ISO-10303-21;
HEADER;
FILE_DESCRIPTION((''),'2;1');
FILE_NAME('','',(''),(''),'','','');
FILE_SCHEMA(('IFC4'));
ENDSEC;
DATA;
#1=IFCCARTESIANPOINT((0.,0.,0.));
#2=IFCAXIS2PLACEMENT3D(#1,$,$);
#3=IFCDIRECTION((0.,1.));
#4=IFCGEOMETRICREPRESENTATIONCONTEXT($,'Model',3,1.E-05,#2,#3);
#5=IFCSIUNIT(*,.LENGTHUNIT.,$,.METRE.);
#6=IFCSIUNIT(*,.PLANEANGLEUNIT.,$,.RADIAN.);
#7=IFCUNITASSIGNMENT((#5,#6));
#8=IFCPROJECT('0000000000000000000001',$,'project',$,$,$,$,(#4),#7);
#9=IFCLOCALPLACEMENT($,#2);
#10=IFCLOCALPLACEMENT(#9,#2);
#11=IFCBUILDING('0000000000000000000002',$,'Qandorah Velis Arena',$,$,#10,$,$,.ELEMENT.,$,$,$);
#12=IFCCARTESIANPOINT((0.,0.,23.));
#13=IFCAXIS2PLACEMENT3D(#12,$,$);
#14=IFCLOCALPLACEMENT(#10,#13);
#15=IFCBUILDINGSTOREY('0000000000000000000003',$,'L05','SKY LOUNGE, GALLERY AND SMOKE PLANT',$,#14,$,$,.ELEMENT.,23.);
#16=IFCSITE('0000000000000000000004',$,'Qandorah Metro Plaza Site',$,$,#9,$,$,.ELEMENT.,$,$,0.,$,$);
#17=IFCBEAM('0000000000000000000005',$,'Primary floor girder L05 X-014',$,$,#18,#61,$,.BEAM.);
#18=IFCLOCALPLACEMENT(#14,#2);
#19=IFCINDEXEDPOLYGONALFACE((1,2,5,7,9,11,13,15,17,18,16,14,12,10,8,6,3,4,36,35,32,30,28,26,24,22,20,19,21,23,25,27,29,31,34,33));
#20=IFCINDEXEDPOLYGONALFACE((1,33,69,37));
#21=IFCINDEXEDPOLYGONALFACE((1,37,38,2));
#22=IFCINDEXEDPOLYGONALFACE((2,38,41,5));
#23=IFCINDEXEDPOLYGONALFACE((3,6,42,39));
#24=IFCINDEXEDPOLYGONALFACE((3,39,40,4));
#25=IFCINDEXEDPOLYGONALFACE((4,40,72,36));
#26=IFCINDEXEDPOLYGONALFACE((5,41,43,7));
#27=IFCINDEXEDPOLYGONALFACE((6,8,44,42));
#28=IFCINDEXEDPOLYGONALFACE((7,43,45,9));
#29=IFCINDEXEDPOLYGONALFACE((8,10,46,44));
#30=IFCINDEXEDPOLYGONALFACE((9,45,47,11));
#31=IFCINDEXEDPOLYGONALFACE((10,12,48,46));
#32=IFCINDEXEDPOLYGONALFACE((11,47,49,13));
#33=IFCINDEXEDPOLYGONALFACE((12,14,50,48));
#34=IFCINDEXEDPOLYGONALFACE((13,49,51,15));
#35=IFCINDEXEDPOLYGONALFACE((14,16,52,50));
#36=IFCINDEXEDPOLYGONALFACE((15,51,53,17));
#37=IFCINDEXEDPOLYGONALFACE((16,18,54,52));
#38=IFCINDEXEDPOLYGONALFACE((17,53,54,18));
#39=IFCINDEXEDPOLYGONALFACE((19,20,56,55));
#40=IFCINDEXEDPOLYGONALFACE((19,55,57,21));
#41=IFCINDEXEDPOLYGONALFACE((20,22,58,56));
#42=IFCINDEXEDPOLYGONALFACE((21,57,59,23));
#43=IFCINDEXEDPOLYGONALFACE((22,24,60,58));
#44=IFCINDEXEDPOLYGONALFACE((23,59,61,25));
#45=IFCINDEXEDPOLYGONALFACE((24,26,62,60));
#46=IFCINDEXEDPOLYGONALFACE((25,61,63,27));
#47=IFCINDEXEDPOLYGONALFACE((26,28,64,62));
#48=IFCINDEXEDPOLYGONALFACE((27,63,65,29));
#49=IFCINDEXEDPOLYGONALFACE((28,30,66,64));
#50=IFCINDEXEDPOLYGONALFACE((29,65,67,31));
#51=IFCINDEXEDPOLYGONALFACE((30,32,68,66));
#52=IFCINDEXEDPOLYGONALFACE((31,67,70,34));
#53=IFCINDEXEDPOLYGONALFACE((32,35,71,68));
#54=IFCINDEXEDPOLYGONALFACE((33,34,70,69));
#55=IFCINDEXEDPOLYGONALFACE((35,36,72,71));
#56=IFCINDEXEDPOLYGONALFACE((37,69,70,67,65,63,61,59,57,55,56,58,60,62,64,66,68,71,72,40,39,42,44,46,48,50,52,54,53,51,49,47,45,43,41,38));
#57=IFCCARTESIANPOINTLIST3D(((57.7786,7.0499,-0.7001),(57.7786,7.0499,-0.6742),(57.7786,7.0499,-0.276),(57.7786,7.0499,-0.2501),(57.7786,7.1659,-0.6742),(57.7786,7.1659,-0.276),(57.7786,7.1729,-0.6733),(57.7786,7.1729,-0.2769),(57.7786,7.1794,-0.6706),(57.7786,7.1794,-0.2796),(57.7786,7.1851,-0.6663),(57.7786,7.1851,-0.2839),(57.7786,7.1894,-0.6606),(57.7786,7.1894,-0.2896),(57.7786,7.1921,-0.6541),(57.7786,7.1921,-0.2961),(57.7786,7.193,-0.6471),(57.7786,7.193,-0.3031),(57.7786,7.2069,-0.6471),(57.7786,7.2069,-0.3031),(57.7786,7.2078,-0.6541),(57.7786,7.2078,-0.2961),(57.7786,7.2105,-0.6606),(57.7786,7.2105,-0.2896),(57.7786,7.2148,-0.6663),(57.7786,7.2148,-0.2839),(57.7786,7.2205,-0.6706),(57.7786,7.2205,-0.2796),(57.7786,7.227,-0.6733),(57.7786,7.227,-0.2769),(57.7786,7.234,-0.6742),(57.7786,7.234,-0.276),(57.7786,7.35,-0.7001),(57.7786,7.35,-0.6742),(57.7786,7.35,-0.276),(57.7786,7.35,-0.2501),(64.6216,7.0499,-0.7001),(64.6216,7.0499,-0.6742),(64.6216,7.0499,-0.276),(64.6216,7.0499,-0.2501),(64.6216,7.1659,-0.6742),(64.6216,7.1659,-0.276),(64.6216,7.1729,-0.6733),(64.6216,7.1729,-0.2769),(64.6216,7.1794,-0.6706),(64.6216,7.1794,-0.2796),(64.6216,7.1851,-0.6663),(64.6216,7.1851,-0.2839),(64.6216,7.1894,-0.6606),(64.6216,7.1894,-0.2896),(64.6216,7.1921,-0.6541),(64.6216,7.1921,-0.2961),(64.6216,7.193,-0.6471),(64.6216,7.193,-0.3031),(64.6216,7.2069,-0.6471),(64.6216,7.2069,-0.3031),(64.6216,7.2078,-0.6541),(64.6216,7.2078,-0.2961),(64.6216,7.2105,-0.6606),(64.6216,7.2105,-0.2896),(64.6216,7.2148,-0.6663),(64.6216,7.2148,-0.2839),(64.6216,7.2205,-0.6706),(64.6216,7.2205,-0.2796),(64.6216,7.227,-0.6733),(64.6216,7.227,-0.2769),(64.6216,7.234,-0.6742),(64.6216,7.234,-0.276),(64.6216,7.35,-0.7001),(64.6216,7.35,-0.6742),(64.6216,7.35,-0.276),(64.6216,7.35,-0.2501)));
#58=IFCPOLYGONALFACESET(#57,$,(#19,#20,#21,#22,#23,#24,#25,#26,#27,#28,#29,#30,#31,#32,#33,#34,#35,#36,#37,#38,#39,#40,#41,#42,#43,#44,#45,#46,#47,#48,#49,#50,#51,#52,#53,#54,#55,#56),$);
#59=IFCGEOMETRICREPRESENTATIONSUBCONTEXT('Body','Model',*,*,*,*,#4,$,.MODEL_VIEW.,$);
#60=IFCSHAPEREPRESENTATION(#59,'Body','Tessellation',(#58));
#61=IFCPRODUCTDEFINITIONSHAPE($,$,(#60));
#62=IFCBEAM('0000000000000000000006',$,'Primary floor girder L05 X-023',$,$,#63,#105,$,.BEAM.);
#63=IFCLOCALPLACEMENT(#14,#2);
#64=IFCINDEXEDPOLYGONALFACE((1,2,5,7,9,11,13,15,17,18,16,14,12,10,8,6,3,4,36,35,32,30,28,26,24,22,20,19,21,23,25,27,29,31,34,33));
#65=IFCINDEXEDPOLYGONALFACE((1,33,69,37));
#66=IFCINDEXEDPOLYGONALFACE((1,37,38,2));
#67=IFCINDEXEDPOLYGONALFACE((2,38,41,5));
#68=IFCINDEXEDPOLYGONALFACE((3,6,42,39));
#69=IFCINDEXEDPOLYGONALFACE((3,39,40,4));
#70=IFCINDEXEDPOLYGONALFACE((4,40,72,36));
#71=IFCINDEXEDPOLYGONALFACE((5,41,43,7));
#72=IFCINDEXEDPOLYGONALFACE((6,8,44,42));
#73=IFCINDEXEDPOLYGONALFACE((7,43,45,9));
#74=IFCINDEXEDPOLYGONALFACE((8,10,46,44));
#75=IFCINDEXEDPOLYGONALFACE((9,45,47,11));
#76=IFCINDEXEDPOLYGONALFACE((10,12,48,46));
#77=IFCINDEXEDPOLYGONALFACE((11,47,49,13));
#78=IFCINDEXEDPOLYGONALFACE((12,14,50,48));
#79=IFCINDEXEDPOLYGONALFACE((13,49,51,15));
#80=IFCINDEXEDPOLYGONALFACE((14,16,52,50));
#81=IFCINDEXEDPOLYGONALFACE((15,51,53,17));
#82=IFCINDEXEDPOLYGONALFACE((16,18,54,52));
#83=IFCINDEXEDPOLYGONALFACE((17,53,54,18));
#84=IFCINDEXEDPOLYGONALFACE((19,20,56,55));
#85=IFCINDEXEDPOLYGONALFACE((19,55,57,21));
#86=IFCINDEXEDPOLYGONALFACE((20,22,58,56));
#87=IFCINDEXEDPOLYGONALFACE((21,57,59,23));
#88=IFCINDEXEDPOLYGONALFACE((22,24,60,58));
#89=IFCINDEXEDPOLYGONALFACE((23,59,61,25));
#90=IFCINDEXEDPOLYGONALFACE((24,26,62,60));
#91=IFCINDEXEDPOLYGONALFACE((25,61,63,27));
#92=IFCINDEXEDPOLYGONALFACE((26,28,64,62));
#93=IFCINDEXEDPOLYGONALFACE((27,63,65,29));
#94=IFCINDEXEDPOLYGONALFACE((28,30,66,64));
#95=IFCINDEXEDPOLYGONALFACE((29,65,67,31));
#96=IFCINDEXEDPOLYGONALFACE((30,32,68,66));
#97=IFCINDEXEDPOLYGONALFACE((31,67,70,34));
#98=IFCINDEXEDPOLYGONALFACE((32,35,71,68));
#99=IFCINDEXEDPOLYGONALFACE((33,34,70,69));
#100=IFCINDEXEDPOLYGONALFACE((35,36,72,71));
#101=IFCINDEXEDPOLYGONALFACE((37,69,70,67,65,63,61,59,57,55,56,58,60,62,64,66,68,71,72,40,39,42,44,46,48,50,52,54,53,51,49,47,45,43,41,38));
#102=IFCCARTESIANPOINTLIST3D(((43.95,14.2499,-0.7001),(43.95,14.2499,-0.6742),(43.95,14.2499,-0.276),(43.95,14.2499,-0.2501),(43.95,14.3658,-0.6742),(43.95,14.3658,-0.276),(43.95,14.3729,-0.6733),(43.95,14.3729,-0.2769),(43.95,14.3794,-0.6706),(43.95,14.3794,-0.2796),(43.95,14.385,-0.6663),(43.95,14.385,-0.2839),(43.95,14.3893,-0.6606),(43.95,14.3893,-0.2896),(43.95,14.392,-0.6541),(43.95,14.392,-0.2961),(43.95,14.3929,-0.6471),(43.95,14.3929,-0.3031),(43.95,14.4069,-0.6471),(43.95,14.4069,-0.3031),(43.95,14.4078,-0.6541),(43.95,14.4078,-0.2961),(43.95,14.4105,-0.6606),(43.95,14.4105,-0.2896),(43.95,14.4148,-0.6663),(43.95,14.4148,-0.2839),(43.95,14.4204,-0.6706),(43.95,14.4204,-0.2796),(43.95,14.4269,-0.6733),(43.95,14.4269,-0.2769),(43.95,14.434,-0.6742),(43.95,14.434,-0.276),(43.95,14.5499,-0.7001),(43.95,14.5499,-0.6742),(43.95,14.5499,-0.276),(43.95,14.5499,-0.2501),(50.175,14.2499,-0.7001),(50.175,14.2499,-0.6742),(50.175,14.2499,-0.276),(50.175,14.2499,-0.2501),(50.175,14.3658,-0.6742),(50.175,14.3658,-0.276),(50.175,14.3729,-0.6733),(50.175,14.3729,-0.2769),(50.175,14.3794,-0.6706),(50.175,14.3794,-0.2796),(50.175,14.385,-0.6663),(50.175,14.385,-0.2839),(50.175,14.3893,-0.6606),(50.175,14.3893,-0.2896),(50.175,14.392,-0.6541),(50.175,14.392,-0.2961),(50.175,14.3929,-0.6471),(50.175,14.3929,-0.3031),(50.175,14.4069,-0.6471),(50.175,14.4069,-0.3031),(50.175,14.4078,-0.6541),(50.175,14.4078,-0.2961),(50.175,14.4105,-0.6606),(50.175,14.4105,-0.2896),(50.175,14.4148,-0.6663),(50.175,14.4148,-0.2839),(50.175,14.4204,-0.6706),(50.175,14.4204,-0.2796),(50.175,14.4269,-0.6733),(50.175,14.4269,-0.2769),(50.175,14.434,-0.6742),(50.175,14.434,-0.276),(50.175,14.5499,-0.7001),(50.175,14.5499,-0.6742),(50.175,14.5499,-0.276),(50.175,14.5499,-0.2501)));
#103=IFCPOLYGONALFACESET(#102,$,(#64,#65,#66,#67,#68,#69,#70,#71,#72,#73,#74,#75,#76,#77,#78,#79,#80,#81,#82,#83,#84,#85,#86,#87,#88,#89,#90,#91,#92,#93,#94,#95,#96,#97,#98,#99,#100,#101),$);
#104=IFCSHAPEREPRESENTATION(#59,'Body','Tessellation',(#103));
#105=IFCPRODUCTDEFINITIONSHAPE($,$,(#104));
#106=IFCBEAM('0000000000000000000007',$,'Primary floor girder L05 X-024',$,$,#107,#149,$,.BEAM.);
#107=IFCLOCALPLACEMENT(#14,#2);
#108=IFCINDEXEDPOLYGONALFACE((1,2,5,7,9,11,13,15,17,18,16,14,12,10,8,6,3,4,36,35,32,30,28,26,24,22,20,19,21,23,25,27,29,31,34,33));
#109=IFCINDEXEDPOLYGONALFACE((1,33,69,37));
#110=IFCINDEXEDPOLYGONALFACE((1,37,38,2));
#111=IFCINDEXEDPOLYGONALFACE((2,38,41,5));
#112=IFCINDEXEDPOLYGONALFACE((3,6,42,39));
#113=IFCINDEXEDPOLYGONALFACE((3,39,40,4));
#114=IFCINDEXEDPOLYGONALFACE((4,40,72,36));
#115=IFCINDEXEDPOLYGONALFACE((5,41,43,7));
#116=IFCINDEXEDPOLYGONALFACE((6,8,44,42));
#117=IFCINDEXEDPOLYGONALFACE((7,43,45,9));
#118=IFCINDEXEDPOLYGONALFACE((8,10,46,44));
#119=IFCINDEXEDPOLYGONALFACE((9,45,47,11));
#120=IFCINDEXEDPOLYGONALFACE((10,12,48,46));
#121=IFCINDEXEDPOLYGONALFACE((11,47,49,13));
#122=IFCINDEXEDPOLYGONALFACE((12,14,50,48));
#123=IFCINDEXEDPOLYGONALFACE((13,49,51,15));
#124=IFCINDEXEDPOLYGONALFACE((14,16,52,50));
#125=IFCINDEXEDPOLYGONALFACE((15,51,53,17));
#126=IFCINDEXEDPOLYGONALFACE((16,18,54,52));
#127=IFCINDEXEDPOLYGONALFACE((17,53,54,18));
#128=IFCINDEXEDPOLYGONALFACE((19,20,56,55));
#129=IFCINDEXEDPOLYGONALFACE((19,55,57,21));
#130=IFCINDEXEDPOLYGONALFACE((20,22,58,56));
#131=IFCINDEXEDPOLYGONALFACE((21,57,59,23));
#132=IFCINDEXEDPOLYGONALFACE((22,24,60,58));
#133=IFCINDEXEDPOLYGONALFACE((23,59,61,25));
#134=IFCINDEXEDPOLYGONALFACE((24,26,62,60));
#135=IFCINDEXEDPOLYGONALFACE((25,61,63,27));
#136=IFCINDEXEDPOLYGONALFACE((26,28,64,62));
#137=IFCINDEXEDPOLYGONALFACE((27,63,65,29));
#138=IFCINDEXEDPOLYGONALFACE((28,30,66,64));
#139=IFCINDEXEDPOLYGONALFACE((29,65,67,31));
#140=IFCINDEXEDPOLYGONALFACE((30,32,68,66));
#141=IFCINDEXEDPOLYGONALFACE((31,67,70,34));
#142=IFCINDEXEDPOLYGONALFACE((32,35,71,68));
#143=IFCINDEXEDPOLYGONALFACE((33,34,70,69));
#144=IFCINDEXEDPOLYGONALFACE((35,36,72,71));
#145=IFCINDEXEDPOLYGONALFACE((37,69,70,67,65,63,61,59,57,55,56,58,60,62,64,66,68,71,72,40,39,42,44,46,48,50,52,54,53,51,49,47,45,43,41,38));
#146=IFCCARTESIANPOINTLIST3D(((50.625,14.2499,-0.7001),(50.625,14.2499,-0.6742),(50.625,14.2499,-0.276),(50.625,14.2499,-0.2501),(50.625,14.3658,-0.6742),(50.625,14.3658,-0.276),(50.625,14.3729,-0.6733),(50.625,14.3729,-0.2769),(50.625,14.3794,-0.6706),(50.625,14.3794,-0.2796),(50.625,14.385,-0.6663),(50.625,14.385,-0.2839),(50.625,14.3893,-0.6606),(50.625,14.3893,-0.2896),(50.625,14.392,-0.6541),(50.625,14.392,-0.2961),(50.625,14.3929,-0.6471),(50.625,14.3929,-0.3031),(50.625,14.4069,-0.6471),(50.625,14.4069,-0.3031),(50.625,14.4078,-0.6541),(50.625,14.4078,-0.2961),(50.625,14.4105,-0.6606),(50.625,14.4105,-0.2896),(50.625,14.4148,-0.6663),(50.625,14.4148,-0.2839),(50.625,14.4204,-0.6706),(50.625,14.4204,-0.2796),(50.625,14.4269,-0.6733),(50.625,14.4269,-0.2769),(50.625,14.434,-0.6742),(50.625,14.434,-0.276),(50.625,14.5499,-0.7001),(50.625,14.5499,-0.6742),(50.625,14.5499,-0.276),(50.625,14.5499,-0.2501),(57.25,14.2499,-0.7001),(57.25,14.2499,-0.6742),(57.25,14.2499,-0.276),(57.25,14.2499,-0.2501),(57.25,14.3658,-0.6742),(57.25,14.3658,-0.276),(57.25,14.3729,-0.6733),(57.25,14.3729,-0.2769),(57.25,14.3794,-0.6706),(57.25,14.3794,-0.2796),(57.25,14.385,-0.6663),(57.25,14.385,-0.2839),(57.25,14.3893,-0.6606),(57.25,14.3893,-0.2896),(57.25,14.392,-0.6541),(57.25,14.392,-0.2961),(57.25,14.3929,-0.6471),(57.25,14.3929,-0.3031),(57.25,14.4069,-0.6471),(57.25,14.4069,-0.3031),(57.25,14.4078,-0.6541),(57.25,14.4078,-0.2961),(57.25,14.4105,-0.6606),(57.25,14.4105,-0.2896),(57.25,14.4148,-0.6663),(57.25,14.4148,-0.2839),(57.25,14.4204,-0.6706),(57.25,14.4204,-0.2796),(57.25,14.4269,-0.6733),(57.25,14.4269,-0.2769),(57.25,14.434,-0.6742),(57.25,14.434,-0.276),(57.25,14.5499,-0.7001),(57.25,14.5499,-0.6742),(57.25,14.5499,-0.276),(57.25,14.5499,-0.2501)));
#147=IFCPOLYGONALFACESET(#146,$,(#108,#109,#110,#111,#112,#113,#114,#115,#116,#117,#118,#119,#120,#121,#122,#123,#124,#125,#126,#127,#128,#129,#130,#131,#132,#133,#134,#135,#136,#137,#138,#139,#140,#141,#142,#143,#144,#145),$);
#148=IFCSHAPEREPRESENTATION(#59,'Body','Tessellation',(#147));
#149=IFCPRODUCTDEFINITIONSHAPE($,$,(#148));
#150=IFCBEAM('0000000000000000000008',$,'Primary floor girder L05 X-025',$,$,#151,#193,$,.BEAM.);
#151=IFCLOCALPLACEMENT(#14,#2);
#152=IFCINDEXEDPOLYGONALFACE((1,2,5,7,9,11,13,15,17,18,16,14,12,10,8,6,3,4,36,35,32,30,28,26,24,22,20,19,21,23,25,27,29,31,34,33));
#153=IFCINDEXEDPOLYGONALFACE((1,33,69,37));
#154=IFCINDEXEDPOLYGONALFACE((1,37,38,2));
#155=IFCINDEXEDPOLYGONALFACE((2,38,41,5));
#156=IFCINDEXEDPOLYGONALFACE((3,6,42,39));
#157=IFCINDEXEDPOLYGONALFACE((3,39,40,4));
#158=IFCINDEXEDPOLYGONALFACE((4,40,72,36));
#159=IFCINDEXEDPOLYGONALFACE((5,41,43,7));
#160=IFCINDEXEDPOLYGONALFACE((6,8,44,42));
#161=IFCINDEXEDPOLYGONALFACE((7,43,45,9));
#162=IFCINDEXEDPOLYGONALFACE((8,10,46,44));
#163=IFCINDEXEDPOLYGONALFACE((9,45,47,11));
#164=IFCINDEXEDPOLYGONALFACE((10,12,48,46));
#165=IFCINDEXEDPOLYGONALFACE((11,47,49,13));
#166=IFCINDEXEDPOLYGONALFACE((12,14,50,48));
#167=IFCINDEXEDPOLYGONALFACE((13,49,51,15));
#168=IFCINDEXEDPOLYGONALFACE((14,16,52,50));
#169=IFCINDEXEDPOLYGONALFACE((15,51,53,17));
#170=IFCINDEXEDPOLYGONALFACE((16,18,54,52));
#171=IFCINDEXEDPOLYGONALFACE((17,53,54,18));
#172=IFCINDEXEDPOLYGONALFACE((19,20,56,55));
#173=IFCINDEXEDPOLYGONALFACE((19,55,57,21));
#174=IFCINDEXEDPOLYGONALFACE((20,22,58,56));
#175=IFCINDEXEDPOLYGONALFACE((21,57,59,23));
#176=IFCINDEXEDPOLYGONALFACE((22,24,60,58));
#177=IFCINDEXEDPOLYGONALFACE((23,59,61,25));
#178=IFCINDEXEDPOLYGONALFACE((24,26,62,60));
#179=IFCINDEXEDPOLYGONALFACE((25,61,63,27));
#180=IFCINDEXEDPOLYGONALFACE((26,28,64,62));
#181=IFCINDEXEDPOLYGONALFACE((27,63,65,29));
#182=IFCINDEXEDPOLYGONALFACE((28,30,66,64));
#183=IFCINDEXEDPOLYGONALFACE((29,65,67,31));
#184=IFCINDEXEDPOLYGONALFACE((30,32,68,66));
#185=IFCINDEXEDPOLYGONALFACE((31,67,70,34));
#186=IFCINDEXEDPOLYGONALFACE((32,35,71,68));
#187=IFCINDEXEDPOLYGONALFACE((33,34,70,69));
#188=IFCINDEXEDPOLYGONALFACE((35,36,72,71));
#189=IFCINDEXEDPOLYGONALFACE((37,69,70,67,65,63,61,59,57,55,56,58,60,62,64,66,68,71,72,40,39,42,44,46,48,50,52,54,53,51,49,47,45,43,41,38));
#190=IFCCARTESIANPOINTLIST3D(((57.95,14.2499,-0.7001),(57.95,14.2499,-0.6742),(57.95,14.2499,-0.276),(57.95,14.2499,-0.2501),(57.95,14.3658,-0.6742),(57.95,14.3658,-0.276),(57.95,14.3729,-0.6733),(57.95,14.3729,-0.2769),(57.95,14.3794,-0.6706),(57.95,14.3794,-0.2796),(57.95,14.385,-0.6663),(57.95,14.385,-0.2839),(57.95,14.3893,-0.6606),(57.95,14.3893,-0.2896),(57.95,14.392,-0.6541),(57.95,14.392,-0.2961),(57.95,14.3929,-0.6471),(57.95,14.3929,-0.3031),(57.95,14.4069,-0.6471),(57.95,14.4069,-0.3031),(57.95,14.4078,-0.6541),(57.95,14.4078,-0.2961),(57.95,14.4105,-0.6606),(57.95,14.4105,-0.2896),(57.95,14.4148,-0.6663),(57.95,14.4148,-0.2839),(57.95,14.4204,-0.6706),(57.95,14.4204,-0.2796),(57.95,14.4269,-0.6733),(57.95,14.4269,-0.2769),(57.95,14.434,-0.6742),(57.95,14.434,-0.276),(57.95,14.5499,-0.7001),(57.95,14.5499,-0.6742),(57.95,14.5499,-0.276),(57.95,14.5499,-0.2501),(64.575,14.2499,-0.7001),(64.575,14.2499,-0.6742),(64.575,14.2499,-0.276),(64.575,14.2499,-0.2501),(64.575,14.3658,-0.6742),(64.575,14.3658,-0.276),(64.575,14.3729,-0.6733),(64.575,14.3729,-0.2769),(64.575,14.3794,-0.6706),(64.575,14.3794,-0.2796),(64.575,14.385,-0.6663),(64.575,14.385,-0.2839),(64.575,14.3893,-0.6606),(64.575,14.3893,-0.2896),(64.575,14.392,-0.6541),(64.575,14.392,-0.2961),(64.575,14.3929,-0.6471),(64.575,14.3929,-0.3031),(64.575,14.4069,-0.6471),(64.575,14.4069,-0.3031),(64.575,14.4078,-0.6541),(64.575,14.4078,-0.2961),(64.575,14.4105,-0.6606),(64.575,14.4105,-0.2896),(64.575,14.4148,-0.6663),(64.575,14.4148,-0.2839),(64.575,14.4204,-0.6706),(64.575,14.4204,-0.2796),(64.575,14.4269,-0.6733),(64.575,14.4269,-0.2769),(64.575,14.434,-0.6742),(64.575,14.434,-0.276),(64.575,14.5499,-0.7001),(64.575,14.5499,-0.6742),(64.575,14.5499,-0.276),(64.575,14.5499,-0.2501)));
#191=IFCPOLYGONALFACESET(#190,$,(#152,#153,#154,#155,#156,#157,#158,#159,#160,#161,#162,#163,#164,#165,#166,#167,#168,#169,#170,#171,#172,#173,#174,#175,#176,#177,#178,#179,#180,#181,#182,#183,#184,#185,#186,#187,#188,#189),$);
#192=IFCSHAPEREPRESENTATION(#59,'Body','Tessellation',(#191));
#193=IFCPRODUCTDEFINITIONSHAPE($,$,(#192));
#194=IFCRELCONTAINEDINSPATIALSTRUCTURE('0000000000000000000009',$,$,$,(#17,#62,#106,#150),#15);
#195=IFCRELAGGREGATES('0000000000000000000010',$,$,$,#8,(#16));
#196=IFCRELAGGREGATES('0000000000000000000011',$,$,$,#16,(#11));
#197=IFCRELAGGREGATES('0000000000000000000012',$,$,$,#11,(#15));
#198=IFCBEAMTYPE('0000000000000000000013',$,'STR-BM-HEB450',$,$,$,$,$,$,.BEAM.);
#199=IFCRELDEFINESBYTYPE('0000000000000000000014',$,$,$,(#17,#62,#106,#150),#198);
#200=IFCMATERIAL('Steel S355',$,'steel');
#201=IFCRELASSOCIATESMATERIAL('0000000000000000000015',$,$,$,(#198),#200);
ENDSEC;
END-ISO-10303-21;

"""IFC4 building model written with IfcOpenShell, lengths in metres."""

from ifc_helpers import new_model, si_unit, direction, frame, origin, origin_2d, place, context, subcontext, project, spatial, i_section, extrude, material, material_profile, profile_set, type_object, element, save


model = new_model("IFC4")

# Units and contexts
model_context = context("Model", 3, precision=1e-05, world=origin(), true_north=direction((0.0, 1.0)))
body_context = subcontext(model_context, "Body", "Model", "MODEL_VIEW")
ifc_project = project(units=[si_unit("LENGTHUNIT", "METRE"), si_unit("PLANEANGLEUNIT", "RADIAN")], contexts=[model_context])

# Site, building, storey
site_placement = place(None, origin())
site = spatial("IfcSite", under=ifc_project, at=site_placement, Name="Qandorah Metro Plaza Site", CompositionType="ELEMENT", RefElevation=0.0)
building_placement = place(site_placement, origin())
building = spatial("IfcBuilding", under=site, at=building_placement, Name="Qandorah Velis Arena", CompositionType="ELEMENT")
storey_placement = place(building_placement, frame((0.0, 0.0, 23.0)))
storey = spatial("IfcBuildingStorey", under=building, at=storey_placement, Name="L05", Description="SKY LOUNGE, GALLERY AND SMOKE PLANT", CompositionType="ELEMENT", Elevation=23.0)

# Beams
ifc_material_1 = material(Name="Steel S355", Category="steel")
ifc_material_profile_1 = material_profile(ifc_material_1, i_section(OverallWidth=0.3, OverallDepth=0.45, WebThickness=0.0139, FlangeThickness=0.0259, FilletRadius=0.0271, at=origin_2d()), Name="HEB 450")
ifc_profile_set_1 = profile_set([ifc_material_profile_1], Name="Steel S355")
beam_type_1 = type_object("IfcBeamType", Name="STR-BM-HEB450", PredefinedType="BEAM", material=ifc_profile_set_1)
beam_1_placement = place(storey_placement, frame((57.7786, 7.2, -0.4751), z_axis=(1.0, 0.0, 0.0), x_axis=(0.0, 1.0, 0.0)))
element("IfcBeam", 1, at=beam_1_placement, inside=storey, type_object=beam_type_1, Name="Primary floor girder L05 X-014", PredefinedType="BEAM", context=body_context, shape_type="SweptSolid", body=[
    extrude(i_section(OverallWidth=0.3, OverallDepth=0.45, WebThickness=0.0139, FlangeThickness=0.0259, FilletRadius=0.0271, at=origin_2d()), origin(), (0.0, 0.0, 1.0), 6.843),
])
beam_2_placement = place(storey_placement, frame((43.95, 14.3999, -0.4751), z_axis=(1.0, 0.0, 0.0), x_axis=(0.0, 1.0, 0.0)))
element("IfcBeam", 2, at=beam_2_placement, inside=storey, type_object=beam_type_1, Name="Primary floor girder L05 X-023", PredefinedType="BEAM", context=body_context, shape_type="SweptSolid", body=[
    extrude(i_section(OverallWidth=0.3, OverallDepth=0.45, WebThickness=0.0139, FlangeThickness=0.0259, FilletRadius=0.0271, at=origin_2d()), origin(), (0.0, 0.0, 1.0), 6.2251),
])
for number, where, z_axis, x_axis, name in (
    (3, (50.625, 14.3999, -0.4751), (1.0, 0.0, 0.0), (0.0, 1.0, 0.0), "Primary floor girder L05 X-024"),
    (4, (57.95, 14.3999, -0.4751), (1.0, 0.0, 0.0), (0.0, 1.0, 0.0), "Primary floor girder L05 X-025"),
):
    element("IfcBeam", number, at=place(storey_placement, frame(where, z_axis=z_axis, x_axis=x_axis)), inside=storey, type_object=beam_type_1, Name=name, PredefinedType="BEAM", context=body_context, shape_type="SweptSolid", body=[
        extrude(i_section(OverallWidth=0.3, OverallDepth=0.45, WebThickness=0.0139, FlangeThickness=0.0259, FilletRadius=0.0271, at=origin_2d()), origin(), (0.0, 0.0, 1.0), 6.625),
    ])

save(model, "model.ifc")
